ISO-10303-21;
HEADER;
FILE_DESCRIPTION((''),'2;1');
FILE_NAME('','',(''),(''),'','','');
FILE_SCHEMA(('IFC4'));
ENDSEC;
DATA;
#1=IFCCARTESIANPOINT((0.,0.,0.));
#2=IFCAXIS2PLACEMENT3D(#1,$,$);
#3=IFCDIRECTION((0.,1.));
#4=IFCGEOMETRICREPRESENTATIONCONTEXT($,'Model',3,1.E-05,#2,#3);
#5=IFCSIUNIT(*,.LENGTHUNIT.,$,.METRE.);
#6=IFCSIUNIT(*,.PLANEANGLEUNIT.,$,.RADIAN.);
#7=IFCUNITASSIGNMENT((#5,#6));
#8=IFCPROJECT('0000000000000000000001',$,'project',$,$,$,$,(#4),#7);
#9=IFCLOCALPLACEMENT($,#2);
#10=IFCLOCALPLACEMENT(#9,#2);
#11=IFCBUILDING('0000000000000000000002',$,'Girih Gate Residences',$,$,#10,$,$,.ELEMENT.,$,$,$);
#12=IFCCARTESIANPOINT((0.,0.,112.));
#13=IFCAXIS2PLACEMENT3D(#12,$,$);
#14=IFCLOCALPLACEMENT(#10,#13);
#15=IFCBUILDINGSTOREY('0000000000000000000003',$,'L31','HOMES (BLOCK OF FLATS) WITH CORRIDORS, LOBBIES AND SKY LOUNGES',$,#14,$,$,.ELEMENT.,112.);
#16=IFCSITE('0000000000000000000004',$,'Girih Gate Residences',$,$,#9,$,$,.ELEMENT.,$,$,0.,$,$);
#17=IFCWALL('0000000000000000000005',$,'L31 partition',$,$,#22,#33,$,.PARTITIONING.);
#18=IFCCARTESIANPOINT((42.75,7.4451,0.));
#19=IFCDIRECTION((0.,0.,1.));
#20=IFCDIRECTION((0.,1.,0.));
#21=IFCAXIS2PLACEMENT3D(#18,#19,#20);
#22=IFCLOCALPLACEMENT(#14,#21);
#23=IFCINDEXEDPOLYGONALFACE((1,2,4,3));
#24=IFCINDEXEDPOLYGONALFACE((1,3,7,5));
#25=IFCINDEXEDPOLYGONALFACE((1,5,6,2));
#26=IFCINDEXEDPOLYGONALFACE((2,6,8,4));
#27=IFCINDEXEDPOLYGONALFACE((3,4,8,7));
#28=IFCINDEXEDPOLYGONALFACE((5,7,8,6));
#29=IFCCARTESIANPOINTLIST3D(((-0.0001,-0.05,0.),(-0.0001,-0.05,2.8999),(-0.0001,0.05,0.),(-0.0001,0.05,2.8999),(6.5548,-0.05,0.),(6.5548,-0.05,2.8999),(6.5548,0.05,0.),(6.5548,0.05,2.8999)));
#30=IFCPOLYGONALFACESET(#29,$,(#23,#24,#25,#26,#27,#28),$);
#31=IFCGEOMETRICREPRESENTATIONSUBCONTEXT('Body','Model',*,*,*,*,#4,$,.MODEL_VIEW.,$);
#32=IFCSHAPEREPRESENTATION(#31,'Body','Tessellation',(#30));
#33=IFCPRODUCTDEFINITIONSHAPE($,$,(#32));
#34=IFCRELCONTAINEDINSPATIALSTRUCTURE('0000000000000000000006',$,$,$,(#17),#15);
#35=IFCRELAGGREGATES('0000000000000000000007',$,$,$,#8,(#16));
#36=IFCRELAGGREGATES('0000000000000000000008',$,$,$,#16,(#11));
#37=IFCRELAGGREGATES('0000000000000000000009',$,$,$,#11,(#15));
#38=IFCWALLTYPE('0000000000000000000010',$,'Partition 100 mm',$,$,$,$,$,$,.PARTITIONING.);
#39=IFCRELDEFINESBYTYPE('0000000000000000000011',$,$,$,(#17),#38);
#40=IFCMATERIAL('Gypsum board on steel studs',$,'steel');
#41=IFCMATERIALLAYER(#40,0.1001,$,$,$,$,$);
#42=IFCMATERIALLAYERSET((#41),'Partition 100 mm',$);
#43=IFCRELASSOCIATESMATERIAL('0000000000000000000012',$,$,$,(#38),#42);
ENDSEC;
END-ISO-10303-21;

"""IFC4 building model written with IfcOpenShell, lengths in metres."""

from ifc_helpers import new_model, si_unit, direction, frame, frame_2d, origin, place, context, subcontext, project, spatial, rectangle, extrude, material, layer, layer_set, type_object, element, save


model = new_model("IFC4")

# Units and contexts
model_context = context("Model", 3, precision=1e-05, world=origin(), true_north=direction((0.0, 1.0)))
body_context = subcontext(model_context, "Body", "Model", "MODEL_VIEW")
ifc_project = project(units=[si_unit("LENGTHUNIT", "METRE"), si_unit("PLANEANGLEUNIT", "RADIAN")], contexts=[model_context])

# Site, building, storey
site_placement = place(None, origin())
site = spatial("IfcSite", under=ifc_project, at=site_placement, Name="Girih Gate Residences", CompositionType="ELEMENT", RefElevation=0.0)
building_placement = place(site_placement, origin())
building = spatial("IfcBuilding", under=site, at=building_placement, Name="Girih Gate Residences", CompositionType="ELEMENT")
storey_placement = place(building_placement, frame((0.0, 0.0, 112.0)))
storey = spatial("IfcBuildingStorey", under=building, at=storey_placement, Name="L31", Description="HOMES (BLOCK OF FLATS) WITH CORRIDORS, LOBBIES AND SKY LOUNGES", CompositionType="ELEMENT", Elevation=112.0)

# Shared definitions
ifc_material_1 = material(Name="Gypsum board on steel studs", Category="steel")
ifc_layer_1 = layer(ifc_material_1, 0.1001)
ifc_layer_set_1 = layer_set([ifc_layer_1], Name="Partition 100 mm")
wall_type_1 = type_object("IfcWallType", Name="Partition 100 mm", PredefinedType="PARTITIONING", material=ifc_layer_set_1)

# Wall
wall_1_placement = place(storey_placement, frame((42.75, 7.4451, 0.0), z_axis=(0.0, 0.0, 1.0), x_axis=(0.0, 1.0, 0.0)))
element("IfcWall", 1, at=wall_1_placement, inside=storey, type_object=wall_type_1, Name="L31 partition", PredefinedType="PARTITIONING", context=body_context, shape_type="SweptSolid", body=[
    extrude(rectangle(XDim=6.5549, YDim=0.1001, at=frame_2d((3.2773, 0.0))), origin(), (0.0, 0.0, 1.0), 2.8999),
])

save(model, "model.ifc")
